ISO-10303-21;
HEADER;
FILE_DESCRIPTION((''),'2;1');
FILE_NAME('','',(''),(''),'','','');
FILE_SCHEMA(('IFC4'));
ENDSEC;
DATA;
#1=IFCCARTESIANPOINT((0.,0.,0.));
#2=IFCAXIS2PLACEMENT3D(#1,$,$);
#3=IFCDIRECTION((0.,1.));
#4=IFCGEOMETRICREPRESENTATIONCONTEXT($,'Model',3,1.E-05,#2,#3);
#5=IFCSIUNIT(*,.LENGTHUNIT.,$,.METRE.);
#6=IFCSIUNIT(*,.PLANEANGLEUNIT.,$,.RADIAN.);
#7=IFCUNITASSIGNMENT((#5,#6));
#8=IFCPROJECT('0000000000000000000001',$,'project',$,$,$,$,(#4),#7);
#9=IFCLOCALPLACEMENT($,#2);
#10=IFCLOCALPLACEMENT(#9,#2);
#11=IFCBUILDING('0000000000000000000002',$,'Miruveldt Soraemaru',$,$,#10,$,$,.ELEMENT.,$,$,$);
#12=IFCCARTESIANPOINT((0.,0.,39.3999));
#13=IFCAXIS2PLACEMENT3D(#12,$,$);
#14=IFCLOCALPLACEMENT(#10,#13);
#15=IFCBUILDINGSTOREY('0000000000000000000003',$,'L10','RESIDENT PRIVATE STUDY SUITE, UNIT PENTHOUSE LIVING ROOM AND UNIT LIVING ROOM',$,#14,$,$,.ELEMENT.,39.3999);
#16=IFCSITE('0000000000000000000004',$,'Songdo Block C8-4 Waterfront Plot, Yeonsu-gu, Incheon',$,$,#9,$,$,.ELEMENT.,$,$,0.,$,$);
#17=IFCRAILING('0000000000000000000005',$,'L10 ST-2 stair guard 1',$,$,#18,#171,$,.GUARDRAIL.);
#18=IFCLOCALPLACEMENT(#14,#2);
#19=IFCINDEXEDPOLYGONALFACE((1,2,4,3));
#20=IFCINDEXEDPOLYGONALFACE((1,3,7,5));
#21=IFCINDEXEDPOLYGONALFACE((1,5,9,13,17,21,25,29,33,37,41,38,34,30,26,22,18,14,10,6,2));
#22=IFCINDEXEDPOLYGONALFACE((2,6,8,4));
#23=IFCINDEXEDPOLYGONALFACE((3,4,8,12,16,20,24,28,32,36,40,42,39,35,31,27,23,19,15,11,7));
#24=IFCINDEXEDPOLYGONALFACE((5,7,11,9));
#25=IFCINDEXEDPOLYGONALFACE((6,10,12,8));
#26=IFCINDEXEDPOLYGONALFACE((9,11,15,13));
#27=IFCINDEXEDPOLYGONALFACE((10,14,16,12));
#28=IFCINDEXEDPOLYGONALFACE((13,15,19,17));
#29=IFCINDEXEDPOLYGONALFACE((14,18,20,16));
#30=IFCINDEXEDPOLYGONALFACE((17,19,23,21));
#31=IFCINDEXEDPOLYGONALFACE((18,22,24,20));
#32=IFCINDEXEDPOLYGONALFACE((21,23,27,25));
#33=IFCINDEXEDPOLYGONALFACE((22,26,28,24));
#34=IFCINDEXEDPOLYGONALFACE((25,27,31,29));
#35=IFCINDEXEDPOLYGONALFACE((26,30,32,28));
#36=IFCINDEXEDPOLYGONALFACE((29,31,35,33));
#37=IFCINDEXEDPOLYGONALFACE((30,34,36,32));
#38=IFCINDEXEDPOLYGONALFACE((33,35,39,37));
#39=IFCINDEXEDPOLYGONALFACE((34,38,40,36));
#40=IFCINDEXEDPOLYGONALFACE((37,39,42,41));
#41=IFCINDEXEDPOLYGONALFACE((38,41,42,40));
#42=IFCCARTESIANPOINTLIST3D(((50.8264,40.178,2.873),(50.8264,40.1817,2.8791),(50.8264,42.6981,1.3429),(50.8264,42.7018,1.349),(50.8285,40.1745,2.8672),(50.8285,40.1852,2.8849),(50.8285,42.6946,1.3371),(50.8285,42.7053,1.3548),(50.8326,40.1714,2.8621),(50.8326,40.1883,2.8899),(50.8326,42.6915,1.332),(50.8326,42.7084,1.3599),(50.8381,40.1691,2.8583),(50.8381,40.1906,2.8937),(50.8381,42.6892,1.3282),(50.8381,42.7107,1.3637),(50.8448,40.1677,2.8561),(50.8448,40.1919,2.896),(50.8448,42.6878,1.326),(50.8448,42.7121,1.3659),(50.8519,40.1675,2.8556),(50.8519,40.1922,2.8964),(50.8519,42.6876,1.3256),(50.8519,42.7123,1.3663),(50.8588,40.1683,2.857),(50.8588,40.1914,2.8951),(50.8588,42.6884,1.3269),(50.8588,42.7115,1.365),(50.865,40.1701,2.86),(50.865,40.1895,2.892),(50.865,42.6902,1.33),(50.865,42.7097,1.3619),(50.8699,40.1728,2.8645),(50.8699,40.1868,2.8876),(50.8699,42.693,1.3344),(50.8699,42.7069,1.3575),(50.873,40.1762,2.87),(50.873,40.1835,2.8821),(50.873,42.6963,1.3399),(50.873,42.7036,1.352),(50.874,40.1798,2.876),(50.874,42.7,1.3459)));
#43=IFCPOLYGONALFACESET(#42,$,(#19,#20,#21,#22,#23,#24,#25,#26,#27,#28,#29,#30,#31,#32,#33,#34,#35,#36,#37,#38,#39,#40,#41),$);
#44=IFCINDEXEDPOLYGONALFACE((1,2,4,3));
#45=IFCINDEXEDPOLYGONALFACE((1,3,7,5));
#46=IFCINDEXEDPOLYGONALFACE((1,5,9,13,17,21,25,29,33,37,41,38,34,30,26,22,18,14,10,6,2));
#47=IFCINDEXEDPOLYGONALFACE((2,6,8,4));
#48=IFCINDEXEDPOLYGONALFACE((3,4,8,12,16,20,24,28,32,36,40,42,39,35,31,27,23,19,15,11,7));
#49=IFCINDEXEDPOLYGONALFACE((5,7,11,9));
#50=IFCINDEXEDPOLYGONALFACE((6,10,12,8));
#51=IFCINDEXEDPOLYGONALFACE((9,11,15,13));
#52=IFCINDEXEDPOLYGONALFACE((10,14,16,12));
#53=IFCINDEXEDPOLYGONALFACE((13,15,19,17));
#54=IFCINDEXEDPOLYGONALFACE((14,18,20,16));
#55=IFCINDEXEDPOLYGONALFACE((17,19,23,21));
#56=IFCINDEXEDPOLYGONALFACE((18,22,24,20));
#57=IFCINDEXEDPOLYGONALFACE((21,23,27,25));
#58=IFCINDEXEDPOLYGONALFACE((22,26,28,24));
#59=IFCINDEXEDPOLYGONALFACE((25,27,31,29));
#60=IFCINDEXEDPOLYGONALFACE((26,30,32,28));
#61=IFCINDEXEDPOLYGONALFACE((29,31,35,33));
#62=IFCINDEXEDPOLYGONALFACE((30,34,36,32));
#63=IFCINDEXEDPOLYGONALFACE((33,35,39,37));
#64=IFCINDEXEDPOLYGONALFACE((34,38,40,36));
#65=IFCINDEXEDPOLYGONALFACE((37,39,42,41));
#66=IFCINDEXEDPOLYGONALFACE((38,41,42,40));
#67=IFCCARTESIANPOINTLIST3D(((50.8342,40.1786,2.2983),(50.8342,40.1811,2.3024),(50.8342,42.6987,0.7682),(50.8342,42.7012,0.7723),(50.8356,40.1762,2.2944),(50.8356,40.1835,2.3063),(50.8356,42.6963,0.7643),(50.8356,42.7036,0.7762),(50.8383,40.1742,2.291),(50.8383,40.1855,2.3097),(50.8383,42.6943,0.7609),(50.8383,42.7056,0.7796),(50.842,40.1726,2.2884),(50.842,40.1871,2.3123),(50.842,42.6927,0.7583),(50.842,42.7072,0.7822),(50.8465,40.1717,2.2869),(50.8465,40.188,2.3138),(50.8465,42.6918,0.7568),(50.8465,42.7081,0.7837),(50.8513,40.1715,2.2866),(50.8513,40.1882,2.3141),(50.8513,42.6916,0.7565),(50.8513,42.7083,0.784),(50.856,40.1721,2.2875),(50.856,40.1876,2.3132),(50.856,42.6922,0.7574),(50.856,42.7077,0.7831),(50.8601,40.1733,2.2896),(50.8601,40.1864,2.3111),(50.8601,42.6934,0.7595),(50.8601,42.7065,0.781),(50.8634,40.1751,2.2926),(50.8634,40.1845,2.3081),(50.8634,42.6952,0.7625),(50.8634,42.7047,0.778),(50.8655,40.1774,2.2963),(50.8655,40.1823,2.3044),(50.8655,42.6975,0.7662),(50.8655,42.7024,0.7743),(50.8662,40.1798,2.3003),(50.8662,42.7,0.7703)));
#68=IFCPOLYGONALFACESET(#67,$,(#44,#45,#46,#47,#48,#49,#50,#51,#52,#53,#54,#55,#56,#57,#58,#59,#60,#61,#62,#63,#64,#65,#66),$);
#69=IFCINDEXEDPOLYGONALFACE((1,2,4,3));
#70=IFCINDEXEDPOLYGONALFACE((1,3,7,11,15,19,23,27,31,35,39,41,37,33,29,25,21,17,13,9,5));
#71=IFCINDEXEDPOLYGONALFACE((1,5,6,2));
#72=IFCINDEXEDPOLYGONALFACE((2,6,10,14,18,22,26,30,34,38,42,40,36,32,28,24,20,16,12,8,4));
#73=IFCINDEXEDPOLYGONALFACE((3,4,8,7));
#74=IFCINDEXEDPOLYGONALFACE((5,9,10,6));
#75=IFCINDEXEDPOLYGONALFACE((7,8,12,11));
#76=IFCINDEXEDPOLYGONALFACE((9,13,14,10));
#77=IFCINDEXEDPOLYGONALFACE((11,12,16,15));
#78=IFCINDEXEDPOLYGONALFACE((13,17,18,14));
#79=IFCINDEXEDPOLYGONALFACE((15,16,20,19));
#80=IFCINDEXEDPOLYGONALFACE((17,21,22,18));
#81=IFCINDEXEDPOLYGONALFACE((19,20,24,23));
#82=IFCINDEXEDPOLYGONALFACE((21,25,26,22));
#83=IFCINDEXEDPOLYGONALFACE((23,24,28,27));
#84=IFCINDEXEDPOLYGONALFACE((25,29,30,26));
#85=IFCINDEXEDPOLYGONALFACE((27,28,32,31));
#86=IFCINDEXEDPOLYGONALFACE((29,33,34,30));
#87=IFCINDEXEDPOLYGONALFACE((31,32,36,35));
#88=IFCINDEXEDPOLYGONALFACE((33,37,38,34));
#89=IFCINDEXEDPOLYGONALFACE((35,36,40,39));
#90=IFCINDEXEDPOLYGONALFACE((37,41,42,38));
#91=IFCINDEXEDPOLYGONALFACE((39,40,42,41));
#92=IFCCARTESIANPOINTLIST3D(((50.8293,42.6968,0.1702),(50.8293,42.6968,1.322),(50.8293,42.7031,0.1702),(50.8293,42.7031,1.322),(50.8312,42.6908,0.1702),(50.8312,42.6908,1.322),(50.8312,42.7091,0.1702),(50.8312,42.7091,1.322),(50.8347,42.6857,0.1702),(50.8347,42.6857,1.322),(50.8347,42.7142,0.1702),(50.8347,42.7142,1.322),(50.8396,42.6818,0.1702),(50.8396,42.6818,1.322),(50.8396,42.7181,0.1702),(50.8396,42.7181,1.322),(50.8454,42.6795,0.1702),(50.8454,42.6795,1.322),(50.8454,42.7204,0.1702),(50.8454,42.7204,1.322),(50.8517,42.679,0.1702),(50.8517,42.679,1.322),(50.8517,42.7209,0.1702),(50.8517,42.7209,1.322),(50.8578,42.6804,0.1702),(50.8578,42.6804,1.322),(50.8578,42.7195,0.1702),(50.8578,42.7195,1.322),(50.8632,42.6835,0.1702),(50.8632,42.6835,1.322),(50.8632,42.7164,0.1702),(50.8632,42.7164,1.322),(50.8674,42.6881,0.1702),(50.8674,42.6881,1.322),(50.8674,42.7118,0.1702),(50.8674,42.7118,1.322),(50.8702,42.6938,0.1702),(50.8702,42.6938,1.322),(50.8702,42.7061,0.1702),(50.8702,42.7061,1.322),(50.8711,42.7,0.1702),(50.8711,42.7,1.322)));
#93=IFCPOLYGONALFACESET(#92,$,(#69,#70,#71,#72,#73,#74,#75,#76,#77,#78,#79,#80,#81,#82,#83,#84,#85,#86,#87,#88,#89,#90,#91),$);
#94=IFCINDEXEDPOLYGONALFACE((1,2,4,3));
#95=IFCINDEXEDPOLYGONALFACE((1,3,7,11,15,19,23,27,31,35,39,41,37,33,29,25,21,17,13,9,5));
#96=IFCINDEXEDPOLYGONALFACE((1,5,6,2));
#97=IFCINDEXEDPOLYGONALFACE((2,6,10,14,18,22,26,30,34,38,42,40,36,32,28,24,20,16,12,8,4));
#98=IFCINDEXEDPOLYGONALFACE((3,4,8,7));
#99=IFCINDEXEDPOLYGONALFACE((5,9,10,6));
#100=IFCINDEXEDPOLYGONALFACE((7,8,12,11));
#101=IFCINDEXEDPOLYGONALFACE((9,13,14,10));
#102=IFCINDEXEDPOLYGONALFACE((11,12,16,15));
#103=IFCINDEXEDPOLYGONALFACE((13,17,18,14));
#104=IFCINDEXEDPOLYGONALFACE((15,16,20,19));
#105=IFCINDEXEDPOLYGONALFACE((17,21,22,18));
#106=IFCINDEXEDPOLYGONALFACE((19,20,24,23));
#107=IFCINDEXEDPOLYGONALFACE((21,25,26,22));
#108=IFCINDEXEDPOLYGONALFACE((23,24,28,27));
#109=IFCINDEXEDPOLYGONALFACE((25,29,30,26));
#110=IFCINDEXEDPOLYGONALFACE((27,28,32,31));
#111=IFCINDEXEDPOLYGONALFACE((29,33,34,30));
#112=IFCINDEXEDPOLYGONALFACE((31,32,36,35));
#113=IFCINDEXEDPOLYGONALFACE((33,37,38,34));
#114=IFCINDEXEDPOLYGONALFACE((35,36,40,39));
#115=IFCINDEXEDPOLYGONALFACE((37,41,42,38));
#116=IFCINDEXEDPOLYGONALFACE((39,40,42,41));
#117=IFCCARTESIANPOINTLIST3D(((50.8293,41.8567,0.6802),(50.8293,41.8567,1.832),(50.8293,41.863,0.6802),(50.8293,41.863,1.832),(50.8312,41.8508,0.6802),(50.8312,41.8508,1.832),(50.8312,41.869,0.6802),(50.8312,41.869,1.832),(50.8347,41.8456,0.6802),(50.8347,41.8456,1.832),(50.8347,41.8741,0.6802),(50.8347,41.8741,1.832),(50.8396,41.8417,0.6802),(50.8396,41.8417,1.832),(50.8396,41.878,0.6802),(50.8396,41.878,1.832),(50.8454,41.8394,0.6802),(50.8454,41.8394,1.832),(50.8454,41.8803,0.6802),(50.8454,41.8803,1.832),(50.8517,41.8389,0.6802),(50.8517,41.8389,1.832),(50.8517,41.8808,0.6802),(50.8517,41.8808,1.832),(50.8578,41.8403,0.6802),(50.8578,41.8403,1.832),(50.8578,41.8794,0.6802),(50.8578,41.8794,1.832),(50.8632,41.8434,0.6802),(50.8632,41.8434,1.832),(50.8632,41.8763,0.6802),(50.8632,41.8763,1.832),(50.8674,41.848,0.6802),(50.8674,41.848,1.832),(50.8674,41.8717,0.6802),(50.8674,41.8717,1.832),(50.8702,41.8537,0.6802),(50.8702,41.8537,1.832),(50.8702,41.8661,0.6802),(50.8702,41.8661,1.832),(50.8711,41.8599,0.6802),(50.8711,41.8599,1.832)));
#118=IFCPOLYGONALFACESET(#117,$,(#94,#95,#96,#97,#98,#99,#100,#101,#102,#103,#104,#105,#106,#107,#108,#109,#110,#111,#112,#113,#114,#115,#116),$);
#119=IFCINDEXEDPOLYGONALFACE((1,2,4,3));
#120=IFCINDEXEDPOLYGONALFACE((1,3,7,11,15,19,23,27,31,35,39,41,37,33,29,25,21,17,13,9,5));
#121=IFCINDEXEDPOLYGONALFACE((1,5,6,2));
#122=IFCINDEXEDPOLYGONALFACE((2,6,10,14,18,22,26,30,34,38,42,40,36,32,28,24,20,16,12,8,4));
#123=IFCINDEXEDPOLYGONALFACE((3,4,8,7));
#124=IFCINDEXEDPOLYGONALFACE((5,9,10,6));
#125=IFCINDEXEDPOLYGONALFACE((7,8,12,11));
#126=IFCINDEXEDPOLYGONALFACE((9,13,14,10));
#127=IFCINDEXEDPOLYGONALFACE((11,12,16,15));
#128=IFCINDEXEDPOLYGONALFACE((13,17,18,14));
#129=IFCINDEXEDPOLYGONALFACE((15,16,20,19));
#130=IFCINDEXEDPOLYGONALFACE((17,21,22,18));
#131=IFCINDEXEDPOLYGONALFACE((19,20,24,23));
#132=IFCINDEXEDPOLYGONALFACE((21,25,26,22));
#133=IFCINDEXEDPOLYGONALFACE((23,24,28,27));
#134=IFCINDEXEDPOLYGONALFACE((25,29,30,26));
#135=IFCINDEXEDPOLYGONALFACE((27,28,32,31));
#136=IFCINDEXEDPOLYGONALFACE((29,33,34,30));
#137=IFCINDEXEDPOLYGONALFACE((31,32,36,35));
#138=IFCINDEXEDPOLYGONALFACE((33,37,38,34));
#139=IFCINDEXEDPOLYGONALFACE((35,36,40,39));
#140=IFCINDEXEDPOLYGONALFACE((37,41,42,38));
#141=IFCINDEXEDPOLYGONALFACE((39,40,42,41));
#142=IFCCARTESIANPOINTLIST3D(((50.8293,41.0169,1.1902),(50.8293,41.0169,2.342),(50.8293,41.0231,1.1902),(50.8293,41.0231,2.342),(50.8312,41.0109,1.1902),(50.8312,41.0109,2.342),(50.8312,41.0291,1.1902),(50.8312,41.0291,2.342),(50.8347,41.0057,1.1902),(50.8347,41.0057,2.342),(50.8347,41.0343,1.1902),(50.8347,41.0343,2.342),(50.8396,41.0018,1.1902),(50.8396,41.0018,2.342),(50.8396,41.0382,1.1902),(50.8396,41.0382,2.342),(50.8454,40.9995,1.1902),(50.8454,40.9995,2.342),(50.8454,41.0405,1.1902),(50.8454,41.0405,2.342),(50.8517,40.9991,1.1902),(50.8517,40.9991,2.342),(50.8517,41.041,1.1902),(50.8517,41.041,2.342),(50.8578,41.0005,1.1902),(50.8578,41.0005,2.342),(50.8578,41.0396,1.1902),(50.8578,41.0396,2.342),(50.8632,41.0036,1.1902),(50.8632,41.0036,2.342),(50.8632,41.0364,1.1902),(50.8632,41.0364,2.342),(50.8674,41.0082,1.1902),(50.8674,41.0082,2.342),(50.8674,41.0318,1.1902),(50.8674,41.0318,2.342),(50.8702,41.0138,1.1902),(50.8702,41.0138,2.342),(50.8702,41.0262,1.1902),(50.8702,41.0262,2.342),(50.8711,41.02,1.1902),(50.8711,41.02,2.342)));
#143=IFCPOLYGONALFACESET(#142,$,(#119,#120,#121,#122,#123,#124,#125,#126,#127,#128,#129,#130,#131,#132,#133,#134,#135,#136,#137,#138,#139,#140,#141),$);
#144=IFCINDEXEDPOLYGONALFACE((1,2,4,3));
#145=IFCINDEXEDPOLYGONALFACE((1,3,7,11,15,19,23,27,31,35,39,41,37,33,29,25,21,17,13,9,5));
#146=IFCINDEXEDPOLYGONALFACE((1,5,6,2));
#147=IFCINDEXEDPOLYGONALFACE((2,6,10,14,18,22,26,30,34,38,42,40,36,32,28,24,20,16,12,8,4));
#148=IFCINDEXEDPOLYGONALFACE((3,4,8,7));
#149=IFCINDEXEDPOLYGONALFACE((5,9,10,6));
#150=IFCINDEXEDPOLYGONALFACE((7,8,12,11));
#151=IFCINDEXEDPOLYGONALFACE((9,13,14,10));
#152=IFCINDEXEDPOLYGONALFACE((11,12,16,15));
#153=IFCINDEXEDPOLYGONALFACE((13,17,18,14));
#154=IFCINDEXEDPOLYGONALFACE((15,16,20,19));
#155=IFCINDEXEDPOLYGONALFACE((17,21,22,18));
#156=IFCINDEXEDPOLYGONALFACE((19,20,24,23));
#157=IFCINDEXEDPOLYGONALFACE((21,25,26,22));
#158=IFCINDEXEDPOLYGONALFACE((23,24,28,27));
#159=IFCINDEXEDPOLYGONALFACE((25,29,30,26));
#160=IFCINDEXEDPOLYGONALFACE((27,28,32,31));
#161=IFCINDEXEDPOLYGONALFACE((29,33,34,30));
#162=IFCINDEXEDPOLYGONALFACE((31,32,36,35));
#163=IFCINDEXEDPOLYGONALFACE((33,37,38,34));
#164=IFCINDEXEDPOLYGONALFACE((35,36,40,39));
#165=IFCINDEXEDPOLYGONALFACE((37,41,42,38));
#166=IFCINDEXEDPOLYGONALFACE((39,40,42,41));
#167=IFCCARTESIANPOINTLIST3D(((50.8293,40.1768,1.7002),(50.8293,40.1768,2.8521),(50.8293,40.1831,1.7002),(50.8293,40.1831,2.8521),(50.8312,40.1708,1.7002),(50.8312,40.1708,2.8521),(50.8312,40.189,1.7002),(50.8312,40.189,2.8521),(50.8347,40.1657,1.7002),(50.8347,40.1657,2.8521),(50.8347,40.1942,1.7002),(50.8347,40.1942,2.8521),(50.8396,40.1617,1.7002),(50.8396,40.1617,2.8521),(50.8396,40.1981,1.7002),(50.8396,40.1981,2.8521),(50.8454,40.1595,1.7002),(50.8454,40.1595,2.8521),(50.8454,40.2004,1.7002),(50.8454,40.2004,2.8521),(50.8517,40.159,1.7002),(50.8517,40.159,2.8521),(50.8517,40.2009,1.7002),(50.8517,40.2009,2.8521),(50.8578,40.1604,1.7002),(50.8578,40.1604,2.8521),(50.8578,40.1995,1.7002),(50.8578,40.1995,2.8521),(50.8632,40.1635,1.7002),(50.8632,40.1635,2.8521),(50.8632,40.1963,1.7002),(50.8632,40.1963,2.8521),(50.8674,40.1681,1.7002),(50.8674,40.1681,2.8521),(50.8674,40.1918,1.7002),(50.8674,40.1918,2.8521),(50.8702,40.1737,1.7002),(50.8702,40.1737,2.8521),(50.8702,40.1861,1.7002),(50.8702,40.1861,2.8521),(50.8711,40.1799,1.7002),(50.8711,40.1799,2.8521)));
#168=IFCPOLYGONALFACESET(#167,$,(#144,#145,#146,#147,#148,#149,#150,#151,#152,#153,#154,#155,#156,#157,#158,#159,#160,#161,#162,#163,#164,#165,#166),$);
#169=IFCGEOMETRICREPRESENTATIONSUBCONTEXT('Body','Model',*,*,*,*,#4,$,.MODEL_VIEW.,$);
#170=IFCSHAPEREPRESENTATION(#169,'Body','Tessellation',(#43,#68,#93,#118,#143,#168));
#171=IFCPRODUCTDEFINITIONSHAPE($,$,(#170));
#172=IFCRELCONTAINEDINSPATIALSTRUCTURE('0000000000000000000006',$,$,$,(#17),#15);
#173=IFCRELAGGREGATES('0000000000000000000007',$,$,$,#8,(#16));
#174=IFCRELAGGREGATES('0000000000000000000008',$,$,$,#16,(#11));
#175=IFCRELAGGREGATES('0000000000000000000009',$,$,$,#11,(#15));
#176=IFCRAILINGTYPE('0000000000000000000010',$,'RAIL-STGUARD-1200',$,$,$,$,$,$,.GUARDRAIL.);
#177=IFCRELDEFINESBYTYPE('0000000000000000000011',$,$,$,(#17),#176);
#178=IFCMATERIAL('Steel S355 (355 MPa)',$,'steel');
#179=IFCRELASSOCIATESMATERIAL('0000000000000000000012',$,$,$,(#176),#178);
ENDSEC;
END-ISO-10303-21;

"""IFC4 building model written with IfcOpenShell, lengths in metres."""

from ifc_helpers import new_model, si_unit, direction, frame, origin, origin_2d, place, context, subcontext, project, spatial, circle, extrude, material, type_object, element, save


model = new_model("IFC4")

# Units and contexts
model_context = context("Model", 3, precision=1e-05, world=origin(), true_north=direction((0.0, 1.0)))
body_context = subcontext(model_context, "Body", "Model", "MODEL_VIEW")
ifc_project = project(units=[si_unit("LENGTHUNIT", "METRE"), si_unit("PLANEANGLEUNIT", "RADIAN")], contexts=[model_context])

# Site, building, storey
site_placement = place(None, origin())
site = spatial("IfcSite", under=ifc_project, at=site_placement, Name="Songdo Block C8-4 Waterfront Plot, Yeonsu-gu, Incheon", CompositionType="ELEMENT", RefElevation=0.0)
building_placement = place(site_placement, origin())
building = spatial("IfcBuilding", under=site, at=building_placement, Name="Miruveldt Soraemaru", CompositionType="ELEMENT")
storey_placement = place(building_placement, frame((0.0, 0.0, 39.3999)))
storey = spatial("IfcBuildingStorey", under=building, at=storey_placement, Name="L10", Description="RESIDENT PRIVATE STUDY SUITE, UNIT PENTHOUSE LIVING ROOM AND UNIT LIVING ROOM", CompositionType="ELEMENT", Elevation=39.3999)

# Railing
ifc_material_1 = material(Name="Steel S355 (355 MPa)", Category="steel")
railing_type_1 = type_object("IfcRailingType", Name="RAIL-STGUARD-1200", PredefinedType="GUARDRAIL", material=ifc_material_1)
railing_1_placement = place(storey_placement, frame((50.8501, 42.7, 0.1702)))
element("IfcRailing", 1, at=railing_1_placement, inside=storey, type_object=railing_type_1, Name="L10 ST-2 stair guard 1", PredefinedType="GUARDRAIL", context=body_context, shape_type="SweptSolid", body=[
    extrude(circle(Radius=0.0239, at=origin_2d()), frame((0.0, 0.0, 1.1758), z_axis=(0.0, -0.854785, 0.518982), x_axis=(1.0, 0.0, 0.0)), (0.0, 0.0, 1.0), 2.9482),
    extrude(circle(Radius=0.0161, at=origin_2d()), frame((0.0, 0.0, 0.6001), z_axis=(0.0, -0.854785, 0.518982), x_axis=(1.0, 0.0, 0.0)), (0.0, 0.0, 1.0), 2.9482),
    extrude(circle(Radius=0.021, at=origin_2d()), origin(), (0.0, 0.0, 1.0), 1.1519),
    extrude(circle(Radius=0.021, at=origin_2d()), frame((0.0, -0.8401, 0.51)), (0.0, 0.0, 1.0), 1.1519),
    extrude(circle(Radius=0.021, at=origin_2d()), frame((0.0, -1.6799, 1.02)), (0.0, 0.0, 1.0), 1.1519),
    extrude(circle(Radius=0.021, at=origin_2d()), frame((0.0, -2.52, 1.53)), (0.0, 0.0, 1.0), 1.1519),
])

save(model, "model.ifc")
